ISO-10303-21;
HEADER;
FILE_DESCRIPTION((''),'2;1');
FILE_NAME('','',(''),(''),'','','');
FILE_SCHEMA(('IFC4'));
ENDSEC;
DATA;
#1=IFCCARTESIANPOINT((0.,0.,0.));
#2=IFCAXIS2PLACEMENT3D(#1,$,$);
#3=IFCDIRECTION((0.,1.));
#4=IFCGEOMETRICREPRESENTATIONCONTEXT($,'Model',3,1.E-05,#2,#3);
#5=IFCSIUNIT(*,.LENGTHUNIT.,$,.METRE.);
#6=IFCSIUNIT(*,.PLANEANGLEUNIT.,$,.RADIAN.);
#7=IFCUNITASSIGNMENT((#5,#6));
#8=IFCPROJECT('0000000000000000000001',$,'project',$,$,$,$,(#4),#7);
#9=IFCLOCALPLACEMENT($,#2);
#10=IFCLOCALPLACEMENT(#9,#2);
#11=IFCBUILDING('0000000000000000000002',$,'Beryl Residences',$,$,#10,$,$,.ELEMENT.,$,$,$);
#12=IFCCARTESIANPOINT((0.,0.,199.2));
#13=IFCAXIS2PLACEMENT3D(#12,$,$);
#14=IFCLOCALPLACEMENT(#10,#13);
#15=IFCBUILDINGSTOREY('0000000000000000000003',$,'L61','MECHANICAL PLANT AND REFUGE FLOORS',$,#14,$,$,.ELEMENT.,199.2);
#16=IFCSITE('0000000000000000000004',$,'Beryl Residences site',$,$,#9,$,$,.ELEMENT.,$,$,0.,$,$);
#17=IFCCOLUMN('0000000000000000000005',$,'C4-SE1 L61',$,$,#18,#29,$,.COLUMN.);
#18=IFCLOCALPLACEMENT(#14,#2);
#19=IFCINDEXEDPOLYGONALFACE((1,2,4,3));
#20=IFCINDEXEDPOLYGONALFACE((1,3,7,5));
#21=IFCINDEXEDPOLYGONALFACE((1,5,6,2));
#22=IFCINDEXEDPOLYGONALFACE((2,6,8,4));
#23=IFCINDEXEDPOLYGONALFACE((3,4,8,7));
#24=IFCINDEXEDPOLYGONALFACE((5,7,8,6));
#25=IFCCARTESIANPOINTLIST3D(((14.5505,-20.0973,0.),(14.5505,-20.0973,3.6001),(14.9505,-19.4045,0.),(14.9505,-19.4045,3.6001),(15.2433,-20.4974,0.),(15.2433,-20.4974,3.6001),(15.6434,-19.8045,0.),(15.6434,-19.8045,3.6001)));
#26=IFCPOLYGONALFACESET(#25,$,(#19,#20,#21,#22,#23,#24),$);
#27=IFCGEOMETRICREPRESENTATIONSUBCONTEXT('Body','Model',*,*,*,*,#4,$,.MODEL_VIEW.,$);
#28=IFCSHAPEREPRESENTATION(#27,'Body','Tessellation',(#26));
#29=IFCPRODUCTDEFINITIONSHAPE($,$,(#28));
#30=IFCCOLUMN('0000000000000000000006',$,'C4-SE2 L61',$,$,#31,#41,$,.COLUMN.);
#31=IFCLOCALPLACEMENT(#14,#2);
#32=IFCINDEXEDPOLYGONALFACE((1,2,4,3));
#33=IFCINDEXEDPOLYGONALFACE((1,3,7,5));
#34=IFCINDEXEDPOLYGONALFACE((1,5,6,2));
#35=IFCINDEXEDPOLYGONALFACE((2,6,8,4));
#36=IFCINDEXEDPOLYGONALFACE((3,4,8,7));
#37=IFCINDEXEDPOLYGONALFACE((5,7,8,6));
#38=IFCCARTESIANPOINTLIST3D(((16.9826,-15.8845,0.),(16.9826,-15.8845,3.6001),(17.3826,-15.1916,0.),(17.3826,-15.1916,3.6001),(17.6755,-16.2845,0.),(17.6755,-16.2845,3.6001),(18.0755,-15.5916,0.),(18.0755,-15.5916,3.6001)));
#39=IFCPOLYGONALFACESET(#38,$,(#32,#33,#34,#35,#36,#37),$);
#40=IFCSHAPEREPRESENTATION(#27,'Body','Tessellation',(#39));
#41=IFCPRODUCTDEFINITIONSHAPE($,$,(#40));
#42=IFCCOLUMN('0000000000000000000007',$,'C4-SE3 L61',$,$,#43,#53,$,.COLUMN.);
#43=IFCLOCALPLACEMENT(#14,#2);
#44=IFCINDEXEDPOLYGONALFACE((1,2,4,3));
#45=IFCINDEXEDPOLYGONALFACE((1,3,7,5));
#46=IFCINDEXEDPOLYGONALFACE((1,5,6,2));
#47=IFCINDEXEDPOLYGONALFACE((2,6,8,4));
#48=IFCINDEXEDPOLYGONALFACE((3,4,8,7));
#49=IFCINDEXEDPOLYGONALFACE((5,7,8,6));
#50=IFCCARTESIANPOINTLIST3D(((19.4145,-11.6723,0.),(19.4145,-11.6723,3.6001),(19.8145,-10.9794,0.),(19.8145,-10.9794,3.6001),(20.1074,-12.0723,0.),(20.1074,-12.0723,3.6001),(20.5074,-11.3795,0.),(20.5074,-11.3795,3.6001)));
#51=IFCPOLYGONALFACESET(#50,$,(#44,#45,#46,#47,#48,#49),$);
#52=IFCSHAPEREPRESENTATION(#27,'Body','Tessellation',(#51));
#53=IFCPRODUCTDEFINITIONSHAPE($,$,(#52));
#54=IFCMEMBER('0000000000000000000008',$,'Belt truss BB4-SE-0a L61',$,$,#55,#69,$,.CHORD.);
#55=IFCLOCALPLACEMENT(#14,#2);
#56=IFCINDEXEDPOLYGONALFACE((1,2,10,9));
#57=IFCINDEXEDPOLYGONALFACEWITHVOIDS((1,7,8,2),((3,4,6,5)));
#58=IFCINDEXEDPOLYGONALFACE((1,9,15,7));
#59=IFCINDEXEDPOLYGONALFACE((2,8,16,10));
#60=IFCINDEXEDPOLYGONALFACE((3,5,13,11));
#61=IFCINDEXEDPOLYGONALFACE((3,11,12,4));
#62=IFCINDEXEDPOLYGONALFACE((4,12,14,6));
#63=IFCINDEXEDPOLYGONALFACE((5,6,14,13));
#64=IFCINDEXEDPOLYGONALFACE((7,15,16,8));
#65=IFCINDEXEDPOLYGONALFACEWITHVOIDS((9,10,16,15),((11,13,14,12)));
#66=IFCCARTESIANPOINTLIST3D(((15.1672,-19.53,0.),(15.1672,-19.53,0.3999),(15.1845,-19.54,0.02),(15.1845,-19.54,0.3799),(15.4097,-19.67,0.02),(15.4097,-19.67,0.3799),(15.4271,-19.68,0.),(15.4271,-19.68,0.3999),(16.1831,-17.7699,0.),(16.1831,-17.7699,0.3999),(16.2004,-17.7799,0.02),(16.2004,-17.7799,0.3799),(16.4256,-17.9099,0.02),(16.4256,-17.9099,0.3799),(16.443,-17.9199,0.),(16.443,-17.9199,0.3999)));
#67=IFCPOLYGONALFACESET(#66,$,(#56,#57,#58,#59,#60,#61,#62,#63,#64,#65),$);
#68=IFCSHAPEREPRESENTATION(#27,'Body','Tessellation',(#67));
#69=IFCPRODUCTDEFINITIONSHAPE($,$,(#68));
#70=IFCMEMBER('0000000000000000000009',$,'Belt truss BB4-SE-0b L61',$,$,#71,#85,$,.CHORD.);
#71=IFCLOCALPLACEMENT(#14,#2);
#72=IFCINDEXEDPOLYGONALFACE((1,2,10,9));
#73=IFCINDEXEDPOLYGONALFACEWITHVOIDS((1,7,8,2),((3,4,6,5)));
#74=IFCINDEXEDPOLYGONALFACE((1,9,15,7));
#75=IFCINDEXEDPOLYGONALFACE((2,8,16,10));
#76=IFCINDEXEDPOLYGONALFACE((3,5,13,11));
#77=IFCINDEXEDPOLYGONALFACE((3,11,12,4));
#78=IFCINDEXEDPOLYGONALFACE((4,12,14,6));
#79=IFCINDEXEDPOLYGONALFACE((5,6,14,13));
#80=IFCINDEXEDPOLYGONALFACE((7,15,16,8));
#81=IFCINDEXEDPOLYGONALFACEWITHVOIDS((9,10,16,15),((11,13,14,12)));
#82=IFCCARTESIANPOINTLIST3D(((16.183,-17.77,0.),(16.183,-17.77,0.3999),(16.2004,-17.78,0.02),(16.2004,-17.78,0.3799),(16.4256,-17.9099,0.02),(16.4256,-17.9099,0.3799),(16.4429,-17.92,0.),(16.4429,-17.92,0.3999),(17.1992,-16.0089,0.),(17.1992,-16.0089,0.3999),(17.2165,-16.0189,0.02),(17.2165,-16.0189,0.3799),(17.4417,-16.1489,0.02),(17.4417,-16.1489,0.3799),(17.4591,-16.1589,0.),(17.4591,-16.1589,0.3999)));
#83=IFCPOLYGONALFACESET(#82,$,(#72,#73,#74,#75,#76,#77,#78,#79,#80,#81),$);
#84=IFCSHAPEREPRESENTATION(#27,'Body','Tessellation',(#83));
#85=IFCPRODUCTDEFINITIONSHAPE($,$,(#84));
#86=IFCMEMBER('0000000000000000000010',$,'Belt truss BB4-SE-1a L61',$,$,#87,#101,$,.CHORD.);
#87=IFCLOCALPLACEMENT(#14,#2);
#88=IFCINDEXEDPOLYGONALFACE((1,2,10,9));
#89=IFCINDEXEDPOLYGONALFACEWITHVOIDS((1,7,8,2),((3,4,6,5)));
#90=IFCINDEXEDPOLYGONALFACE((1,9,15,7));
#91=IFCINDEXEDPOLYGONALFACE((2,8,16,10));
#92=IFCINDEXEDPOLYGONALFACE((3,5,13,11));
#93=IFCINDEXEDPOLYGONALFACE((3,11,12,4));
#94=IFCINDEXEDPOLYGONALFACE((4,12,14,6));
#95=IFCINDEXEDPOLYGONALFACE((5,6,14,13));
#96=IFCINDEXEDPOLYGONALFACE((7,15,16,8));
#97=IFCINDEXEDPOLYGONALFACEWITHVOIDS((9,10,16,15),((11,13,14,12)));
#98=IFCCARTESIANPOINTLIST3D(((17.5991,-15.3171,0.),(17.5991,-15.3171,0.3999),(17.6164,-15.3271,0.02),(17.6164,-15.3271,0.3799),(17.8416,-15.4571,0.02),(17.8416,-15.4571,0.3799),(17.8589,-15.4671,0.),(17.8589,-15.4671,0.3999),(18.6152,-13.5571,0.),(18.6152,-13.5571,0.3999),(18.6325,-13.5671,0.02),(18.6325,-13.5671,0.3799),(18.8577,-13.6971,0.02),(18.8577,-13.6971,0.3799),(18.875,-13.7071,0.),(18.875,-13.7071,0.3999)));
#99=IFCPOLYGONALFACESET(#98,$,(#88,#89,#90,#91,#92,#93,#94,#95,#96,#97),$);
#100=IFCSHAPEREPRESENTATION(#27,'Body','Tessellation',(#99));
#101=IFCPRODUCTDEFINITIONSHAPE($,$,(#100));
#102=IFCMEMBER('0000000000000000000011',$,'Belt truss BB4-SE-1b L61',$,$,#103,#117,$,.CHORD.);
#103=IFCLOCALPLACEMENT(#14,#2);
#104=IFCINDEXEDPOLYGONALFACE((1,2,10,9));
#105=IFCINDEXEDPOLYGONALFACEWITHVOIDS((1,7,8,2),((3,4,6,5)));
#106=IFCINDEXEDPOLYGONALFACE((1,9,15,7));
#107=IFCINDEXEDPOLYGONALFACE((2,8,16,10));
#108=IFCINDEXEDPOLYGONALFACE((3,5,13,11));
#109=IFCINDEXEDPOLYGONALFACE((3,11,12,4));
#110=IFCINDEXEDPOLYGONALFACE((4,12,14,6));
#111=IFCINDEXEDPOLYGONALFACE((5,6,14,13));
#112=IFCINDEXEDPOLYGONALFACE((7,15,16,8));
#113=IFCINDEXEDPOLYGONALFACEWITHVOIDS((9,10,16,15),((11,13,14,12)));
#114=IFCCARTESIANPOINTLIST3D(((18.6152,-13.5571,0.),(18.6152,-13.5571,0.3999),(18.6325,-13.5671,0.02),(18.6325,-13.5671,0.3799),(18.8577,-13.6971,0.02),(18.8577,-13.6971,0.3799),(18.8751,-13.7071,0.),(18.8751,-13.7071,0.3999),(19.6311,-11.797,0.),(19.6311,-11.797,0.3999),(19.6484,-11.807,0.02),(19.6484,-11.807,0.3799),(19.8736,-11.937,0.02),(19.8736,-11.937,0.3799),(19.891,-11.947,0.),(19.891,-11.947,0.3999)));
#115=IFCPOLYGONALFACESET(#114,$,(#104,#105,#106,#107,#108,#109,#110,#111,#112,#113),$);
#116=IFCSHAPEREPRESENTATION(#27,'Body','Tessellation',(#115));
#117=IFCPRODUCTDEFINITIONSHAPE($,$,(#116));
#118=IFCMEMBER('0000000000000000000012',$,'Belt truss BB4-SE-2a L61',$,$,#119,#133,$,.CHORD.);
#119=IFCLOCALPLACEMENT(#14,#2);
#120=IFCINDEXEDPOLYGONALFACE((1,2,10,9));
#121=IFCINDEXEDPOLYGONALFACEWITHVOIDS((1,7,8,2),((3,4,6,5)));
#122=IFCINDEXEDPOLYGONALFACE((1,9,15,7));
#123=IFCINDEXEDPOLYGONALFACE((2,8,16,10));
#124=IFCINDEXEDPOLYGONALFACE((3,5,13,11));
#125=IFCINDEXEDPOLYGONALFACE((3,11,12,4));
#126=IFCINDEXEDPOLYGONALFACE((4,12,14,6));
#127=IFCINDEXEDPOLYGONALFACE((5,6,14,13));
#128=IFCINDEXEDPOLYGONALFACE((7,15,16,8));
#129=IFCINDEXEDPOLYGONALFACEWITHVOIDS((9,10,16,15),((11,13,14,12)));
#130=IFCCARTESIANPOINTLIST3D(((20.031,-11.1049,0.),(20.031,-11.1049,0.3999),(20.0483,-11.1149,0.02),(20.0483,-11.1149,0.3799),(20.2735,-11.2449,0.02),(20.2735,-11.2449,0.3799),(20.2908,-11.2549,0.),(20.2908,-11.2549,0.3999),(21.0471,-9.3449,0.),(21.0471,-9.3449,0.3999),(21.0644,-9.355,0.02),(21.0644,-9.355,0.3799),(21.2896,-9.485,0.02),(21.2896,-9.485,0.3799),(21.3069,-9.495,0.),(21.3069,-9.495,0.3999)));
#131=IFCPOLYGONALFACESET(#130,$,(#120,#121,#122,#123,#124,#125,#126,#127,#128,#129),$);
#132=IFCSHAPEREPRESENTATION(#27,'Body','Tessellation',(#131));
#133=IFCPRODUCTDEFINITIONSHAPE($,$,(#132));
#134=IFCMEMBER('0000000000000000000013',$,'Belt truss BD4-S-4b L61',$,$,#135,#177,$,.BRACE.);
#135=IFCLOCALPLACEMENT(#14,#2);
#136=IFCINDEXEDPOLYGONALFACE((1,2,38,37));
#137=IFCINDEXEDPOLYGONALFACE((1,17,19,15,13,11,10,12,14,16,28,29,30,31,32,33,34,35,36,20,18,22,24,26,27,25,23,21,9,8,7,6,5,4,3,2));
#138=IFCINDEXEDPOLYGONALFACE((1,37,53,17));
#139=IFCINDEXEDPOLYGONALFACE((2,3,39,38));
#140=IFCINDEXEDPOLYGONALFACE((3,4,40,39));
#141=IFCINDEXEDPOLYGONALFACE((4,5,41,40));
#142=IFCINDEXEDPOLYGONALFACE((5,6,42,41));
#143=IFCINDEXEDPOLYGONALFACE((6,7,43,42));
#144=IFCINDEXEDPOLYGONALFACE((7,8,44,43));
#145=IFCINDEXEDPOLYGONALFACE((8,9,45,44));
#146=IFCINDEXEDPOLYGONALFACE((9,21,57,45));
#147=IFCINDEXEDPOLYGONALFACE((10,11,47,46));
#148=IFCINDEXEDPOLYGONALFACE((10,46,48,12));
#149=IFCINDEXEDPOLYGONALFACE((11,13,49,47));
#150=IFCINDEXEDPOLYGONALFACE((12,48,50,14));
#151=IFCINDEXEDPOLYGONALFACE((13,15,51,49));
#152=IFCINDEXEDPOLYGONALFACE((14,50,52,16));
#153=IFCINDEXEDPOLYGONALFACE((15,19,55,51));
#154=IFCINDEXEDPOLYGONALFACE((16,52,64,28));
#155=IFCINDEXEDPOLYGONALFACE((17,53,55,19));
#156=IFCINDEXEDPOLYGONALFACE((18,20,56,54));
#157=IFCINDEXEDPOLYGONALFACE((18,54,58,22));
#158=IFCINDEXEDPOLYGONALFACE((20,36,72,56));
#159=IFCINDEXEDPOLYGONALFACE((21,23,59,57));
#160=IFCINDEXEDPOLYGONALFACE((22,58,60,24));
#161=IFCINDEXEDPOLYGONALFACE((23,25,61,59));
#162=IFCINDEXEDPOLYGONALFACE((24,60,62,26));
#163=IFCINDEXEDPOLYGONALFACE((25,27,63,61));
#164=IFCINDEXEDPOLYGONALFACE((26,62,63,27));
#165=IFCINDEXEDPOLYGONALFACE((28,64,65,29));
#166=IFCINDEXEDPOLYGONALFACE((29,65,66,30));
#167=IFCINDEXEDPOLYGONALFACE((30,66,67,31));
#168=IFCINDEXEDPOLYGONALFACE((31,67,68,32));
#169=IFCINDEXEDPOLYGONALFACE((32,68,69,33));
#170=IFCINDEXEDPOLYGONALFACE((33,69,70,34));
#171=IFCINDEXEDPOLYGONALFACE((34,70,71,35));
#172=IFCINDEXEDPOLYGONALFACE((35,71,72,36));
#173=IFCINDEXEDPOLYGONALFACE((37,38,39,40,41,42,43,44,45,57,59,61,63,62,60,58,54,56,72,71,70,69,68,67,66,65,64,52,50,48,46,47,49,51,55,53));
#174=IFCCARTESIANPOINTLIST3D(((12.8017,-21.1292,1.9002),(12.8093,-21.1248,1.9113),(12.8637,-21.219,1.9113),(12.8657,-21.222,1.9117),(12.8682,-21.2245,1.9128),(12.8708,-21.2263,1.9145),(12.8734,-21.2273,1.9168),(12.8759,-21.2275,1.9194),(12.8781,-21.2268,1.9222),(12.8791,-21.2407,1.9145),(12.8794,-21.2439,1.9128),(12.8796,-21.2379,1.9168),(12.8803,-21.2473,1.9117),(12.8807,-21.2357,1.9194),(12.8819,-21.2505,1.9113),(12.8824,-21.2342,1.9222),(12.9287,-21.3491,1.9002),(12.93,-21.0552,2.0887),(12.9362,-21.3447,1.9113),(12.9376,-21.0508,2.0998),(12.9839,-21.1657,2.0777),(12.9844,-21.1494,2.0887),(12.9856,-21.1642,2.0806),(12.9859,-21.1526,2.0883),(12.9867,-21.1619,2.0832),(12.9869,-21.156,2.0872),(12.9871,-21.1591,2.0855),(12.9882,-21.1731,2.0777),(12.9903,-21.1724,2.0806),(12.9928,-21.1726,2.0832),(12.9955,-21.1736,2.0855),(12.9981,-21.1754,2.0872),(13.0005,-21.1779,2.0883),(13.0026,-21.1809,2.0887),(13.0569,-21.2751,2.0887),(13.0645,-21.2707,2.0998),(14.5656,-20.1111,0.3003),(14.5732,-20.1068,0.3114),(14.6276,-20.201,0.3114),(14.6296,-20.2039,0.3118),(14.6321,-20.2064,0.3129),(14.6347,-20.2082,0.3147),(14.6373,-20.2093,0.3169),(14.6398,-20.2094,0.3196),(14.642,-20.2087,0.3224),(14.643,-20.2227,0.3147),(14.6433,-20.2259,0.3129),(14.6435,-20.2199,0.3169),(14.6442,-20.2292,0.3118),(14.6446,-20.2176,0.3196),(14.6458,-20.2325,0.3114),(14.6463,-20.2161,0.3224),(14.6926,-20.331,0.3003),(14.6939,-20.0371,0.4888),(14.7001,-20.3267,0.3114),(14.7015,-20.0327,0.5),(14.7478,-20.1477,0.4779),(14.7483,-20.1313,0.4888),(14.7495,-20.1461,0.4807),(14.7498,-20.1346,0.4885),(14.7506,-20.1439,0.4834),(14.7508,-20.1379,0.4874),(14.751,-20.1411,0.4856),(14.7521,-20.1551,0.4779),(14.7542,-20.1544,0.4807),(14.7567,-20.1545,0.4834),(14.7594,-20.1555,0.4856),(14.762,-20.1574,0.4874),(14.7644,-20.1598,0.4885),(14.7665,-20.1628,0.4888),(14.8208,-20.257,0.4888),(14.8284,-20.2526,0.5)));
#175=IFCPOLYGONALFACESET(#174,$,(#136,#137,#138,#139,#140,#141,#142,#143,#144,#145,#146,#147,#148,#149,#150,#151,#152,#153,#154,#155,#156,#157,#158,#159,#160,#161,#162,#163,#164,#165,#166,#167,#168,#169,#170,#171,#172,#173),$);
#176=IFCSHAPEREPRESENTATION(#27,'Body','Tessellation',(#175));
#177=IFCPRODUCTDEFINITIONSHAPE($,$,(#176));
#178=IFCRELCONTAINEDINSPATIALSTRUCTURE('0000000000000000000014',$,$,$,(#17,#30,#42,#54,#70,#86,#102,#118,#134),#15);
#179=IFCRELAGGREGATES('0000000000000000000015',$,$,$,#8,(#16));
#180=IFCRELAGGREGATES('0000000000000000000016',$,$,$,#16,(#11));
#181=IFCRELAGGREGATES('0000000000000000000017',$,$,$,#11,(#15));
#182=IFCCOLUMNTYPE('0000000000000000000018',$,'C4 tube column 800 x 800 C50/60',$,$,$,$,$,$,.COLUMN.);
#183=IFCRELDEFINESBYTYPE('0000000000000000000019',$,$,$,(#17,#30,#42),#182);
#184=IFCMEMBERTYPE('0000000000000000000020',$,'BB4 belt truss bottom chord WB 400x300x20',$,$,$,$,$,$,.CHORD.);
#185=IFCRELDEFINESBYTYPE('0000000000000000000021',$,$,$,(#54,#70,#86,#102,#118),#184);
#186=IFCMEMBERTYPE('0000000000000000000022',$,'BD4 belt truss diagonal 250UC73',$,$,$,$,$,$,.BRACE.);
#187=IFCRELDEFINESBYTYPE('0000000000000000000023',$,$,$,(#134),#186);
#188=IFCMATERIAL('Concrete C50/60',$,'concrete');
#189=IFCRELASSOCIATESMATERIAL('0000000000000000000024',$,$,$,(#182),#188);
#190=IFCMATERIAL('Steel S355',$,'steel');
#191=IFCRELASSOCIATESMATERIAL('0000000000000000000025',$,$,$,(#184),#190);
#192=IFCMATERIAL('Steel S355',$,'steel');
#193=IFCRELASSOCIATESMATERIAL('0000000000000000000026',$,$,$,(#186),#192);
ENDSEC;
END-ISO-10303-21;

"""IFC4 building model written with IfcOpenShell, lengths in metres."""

from ifc_helpers import new_model, si_unit, direction, frame, origin, origin_2d, place, context, subcontext, project, spatial, rectangle, hollow_rectangle, i_section, extrude, material, material_profile, profile_set, type_object, element, save


model = new_model("IFC4")

# Units and contexts
model_context = context("Model", 3, precision=1e-05, world=origin(), true_north=direction((0.0, 1.0)))
body_context = subcontext(model_context, "Body", "Model", "MODEL_VIEW")
ifc_project = project(units=[si_unit("LENGTHUNIT", "METRE"), si_unit("PLANEANGLEUNIT", "RADIAN")], contexts=[model_context])

# Site, building, storey
site_placement = place(None, origin())
site = spatial("IfcSite", under=ifc_project, at=site_placement, Name="Beryl Residences site", CompositionType="ELEMENT", RefElevation=0.0)
building_placement = place(site_placement, origin())
building = spatial("IfcBuilding", under=site, at=building_placement, Name="Beryl Residences", CompositionType="ELEMENT")
storey_placement = place(building_placement, frame((0.0, 0.0, 199.2)))
storey = spatial("IfcBuildingStorey", under=building, at=storey_placement, Name="L61", Description="MECHANICAL PLANT AND REFUGE FLOORS", CompositionType="ELEMENT", Elevation=199.2)

# Columns
ifc_material_1 = material(Name="Concrete C50/60", Category="concrete")
ifc_material_profile_1 = material_profile(ifc_material_1, rectangle(XDim=0.8, YDim=0.8, at=origin_2d()))
ifc_profile_set_1 = profile_set([ifc_material_profile_1], Name="Concrete C50/60")
column_type = type_object("IfcColumnType", Name="C4 tube column 800 x 800 C50/60", PredefinedType="COLUMN", material=ifc_profile_set_1)
for number, where, z_axis, x_axis, name in (
    (1, (15.0969, -19.9509, 0.0), (0.0, 0.0, 1.0), (0.5, 0.866025, 0.0), "C4-SE1 L61"),
    (2, (17.5291, -15.738, 0.0), (0.0, 0.0, 1.0), (0.5, 0.866025, 0.0), "C4-SE2 L61"),
    (3, (19.9609, -11.5259, 0.0), (0.0, 0.0, 1.0), (0.5, 0.866025, 0.0), "C4-SE3 L61"),
):
    element("IfcColumn", number, at=place(storey_placement, frame(where, z_axis=z_axis, x_axis=x_axis)), inside=storey, type_object=column_type, Name=name, PredefinedType="COLUMN", context=body_context, shape_type="SweptSolid", body=[
        extrude(rectangle(XDim=0.8, YDim=0.8, at=origin_2d()), origin(), (0.0, 0.0, 1.0), 3.6001),
    ])

# Members
ifc_material_2 = material(Name="Steel S355", Category="steel")
ifc_material_profile_2 = material_profile(ifc_material_2, hollow_rectangle(XDim=0.3, YDim=0.3999, WallThickness=0.02, at=origin_2d()))
ifc_profile_set_2 = profile_set([ifc_material_profile_2], Name="Steel S355")
member_type_1 = type_object("IfcMemberType", Name="BB4 belt truss bottom chord WB 400x300x20", PredefinedType="CHORD", material=ifc_profile_set_2)
member_1_placement = place(storey_placement, frame((15.2971, -19.605, 0.2), z_axis=(0.499899, 0.866084, 0.0), x_axis=(-0.866084, 0.499899, 0.0)))
element("IfcMember", 4, at=member_1_placement, inside=storey, type_object=member_type_1, Name="Belt truss BB4-SE-0a L61", PredefinedType="CHORD", context=body_context, shape_type="SweptSolid", body=[
    extrude(hollow_rectangle(XDim=0.3, YDim=0.3999, WallThickness=0.02, at=origin_2d()), origin(), (0.0, 0.0, 1.0), 2.0322),
])
member_2_placement = place(storey_placement, frame((16.313, -17.845, 0.2), z_axis=(0.499781, 0.866152, 0.0), x_axis=(-0.866152, 0.499781, 0.0)))
element("IfcMember", 5, at=member_2_placement, inside=storey, type_object=member_type_1, Name="Belt truss BB4-SE-0b L61", PredefinedType="CHORD", context=body_context, shape_type="SweptSolid", body=[
    extrude(hollow_rectangle(XDim=0.3, YDim=0.3999, WallThickness=0.02, at=origin_2d()), origin(), (0.0, 0.0, 1.0), 2.0332),
])
for number, where, z_axis, x_axis, name in (
    (6, (17.729, -15.3921, 0.2), (0.499989, 0.866032, 0.0), (-0.866032, 0.499989, 0.0), "Belt truss BB4-SE-1a L61"),
    (7, (18.7451, -13.6321, 0.2), (0.499899, 0.866084, 0.0), (-0.866084, 0.499899, 0.0), "Belt truss BB4-SE-1b L61"),
    (8, (20.1609, -11.1799, 0.2), (0.499989, 0.866032, 0.0), (-0.866032, 0.499989, 0.0), "Belt truss BB4-SE-2a L61"),
):
    element("IfcMember", number, at=place(storey_placement, frame(where, z_axis=z_axis, x_axis=x_axis)), inside=storey, type_object=member_type_1, Name=name, PredefinedType="CHORD", context=body_context, shape_type="SweptSolid", body=[
        extrude(hollow_rectangle(XDim=0.3, YDim=0.3999, WallThickness=0.02, at=origin_2d()), origin(), (0.0, 0.0, 1.0), 2.0322),
    ])
ifc_material_3 = material(Name="Steel S355", Category="steel")
ifc_material_profile_3 = material_profile(ifc_material_3, i_section(OverallWidth=0.2539, OverallDepth=0.2539, WebThickness=0.0085, FlangeThickness=0.0142, FilletRadius=0.0139, at=origin_2d()))
ifc_profile_set_3 = profile_set([ifc_material_profile_3], Name="Steel S355")
member_type_2 = type_object("IfcMemberType", Name="BD4 belt truss diagonal 250UC73", PredefinedType="BRACE", material=ifc_profile_set_3)
member_3_placement = place(storey_placement, frame((14.697, -20.1819, 0.4001), z_axis=(-0.681085, -0.393097, 0.617737), x_axis=(0.499878, -0.866096, 0.0)))
element("IfcMember", 9, at=member_3_placement, inside=storey, type_object=member_type_2, Name="Belt truss BD4-S-4b L61", PredefinedType="BRACE", context=body_context, shape_type="SweptSolid", body=[
    extrude(i_section(OverallWidth=0.2539, OverallDepth=0.2539, WebThickness=0.0085, FlangeThickness=0.0142, FilletRadius=0.0139, at=origin_2d()), origin(), (0.0, 0.0, 1.0), 2.5898),
])

save(model, "model.ifc")
